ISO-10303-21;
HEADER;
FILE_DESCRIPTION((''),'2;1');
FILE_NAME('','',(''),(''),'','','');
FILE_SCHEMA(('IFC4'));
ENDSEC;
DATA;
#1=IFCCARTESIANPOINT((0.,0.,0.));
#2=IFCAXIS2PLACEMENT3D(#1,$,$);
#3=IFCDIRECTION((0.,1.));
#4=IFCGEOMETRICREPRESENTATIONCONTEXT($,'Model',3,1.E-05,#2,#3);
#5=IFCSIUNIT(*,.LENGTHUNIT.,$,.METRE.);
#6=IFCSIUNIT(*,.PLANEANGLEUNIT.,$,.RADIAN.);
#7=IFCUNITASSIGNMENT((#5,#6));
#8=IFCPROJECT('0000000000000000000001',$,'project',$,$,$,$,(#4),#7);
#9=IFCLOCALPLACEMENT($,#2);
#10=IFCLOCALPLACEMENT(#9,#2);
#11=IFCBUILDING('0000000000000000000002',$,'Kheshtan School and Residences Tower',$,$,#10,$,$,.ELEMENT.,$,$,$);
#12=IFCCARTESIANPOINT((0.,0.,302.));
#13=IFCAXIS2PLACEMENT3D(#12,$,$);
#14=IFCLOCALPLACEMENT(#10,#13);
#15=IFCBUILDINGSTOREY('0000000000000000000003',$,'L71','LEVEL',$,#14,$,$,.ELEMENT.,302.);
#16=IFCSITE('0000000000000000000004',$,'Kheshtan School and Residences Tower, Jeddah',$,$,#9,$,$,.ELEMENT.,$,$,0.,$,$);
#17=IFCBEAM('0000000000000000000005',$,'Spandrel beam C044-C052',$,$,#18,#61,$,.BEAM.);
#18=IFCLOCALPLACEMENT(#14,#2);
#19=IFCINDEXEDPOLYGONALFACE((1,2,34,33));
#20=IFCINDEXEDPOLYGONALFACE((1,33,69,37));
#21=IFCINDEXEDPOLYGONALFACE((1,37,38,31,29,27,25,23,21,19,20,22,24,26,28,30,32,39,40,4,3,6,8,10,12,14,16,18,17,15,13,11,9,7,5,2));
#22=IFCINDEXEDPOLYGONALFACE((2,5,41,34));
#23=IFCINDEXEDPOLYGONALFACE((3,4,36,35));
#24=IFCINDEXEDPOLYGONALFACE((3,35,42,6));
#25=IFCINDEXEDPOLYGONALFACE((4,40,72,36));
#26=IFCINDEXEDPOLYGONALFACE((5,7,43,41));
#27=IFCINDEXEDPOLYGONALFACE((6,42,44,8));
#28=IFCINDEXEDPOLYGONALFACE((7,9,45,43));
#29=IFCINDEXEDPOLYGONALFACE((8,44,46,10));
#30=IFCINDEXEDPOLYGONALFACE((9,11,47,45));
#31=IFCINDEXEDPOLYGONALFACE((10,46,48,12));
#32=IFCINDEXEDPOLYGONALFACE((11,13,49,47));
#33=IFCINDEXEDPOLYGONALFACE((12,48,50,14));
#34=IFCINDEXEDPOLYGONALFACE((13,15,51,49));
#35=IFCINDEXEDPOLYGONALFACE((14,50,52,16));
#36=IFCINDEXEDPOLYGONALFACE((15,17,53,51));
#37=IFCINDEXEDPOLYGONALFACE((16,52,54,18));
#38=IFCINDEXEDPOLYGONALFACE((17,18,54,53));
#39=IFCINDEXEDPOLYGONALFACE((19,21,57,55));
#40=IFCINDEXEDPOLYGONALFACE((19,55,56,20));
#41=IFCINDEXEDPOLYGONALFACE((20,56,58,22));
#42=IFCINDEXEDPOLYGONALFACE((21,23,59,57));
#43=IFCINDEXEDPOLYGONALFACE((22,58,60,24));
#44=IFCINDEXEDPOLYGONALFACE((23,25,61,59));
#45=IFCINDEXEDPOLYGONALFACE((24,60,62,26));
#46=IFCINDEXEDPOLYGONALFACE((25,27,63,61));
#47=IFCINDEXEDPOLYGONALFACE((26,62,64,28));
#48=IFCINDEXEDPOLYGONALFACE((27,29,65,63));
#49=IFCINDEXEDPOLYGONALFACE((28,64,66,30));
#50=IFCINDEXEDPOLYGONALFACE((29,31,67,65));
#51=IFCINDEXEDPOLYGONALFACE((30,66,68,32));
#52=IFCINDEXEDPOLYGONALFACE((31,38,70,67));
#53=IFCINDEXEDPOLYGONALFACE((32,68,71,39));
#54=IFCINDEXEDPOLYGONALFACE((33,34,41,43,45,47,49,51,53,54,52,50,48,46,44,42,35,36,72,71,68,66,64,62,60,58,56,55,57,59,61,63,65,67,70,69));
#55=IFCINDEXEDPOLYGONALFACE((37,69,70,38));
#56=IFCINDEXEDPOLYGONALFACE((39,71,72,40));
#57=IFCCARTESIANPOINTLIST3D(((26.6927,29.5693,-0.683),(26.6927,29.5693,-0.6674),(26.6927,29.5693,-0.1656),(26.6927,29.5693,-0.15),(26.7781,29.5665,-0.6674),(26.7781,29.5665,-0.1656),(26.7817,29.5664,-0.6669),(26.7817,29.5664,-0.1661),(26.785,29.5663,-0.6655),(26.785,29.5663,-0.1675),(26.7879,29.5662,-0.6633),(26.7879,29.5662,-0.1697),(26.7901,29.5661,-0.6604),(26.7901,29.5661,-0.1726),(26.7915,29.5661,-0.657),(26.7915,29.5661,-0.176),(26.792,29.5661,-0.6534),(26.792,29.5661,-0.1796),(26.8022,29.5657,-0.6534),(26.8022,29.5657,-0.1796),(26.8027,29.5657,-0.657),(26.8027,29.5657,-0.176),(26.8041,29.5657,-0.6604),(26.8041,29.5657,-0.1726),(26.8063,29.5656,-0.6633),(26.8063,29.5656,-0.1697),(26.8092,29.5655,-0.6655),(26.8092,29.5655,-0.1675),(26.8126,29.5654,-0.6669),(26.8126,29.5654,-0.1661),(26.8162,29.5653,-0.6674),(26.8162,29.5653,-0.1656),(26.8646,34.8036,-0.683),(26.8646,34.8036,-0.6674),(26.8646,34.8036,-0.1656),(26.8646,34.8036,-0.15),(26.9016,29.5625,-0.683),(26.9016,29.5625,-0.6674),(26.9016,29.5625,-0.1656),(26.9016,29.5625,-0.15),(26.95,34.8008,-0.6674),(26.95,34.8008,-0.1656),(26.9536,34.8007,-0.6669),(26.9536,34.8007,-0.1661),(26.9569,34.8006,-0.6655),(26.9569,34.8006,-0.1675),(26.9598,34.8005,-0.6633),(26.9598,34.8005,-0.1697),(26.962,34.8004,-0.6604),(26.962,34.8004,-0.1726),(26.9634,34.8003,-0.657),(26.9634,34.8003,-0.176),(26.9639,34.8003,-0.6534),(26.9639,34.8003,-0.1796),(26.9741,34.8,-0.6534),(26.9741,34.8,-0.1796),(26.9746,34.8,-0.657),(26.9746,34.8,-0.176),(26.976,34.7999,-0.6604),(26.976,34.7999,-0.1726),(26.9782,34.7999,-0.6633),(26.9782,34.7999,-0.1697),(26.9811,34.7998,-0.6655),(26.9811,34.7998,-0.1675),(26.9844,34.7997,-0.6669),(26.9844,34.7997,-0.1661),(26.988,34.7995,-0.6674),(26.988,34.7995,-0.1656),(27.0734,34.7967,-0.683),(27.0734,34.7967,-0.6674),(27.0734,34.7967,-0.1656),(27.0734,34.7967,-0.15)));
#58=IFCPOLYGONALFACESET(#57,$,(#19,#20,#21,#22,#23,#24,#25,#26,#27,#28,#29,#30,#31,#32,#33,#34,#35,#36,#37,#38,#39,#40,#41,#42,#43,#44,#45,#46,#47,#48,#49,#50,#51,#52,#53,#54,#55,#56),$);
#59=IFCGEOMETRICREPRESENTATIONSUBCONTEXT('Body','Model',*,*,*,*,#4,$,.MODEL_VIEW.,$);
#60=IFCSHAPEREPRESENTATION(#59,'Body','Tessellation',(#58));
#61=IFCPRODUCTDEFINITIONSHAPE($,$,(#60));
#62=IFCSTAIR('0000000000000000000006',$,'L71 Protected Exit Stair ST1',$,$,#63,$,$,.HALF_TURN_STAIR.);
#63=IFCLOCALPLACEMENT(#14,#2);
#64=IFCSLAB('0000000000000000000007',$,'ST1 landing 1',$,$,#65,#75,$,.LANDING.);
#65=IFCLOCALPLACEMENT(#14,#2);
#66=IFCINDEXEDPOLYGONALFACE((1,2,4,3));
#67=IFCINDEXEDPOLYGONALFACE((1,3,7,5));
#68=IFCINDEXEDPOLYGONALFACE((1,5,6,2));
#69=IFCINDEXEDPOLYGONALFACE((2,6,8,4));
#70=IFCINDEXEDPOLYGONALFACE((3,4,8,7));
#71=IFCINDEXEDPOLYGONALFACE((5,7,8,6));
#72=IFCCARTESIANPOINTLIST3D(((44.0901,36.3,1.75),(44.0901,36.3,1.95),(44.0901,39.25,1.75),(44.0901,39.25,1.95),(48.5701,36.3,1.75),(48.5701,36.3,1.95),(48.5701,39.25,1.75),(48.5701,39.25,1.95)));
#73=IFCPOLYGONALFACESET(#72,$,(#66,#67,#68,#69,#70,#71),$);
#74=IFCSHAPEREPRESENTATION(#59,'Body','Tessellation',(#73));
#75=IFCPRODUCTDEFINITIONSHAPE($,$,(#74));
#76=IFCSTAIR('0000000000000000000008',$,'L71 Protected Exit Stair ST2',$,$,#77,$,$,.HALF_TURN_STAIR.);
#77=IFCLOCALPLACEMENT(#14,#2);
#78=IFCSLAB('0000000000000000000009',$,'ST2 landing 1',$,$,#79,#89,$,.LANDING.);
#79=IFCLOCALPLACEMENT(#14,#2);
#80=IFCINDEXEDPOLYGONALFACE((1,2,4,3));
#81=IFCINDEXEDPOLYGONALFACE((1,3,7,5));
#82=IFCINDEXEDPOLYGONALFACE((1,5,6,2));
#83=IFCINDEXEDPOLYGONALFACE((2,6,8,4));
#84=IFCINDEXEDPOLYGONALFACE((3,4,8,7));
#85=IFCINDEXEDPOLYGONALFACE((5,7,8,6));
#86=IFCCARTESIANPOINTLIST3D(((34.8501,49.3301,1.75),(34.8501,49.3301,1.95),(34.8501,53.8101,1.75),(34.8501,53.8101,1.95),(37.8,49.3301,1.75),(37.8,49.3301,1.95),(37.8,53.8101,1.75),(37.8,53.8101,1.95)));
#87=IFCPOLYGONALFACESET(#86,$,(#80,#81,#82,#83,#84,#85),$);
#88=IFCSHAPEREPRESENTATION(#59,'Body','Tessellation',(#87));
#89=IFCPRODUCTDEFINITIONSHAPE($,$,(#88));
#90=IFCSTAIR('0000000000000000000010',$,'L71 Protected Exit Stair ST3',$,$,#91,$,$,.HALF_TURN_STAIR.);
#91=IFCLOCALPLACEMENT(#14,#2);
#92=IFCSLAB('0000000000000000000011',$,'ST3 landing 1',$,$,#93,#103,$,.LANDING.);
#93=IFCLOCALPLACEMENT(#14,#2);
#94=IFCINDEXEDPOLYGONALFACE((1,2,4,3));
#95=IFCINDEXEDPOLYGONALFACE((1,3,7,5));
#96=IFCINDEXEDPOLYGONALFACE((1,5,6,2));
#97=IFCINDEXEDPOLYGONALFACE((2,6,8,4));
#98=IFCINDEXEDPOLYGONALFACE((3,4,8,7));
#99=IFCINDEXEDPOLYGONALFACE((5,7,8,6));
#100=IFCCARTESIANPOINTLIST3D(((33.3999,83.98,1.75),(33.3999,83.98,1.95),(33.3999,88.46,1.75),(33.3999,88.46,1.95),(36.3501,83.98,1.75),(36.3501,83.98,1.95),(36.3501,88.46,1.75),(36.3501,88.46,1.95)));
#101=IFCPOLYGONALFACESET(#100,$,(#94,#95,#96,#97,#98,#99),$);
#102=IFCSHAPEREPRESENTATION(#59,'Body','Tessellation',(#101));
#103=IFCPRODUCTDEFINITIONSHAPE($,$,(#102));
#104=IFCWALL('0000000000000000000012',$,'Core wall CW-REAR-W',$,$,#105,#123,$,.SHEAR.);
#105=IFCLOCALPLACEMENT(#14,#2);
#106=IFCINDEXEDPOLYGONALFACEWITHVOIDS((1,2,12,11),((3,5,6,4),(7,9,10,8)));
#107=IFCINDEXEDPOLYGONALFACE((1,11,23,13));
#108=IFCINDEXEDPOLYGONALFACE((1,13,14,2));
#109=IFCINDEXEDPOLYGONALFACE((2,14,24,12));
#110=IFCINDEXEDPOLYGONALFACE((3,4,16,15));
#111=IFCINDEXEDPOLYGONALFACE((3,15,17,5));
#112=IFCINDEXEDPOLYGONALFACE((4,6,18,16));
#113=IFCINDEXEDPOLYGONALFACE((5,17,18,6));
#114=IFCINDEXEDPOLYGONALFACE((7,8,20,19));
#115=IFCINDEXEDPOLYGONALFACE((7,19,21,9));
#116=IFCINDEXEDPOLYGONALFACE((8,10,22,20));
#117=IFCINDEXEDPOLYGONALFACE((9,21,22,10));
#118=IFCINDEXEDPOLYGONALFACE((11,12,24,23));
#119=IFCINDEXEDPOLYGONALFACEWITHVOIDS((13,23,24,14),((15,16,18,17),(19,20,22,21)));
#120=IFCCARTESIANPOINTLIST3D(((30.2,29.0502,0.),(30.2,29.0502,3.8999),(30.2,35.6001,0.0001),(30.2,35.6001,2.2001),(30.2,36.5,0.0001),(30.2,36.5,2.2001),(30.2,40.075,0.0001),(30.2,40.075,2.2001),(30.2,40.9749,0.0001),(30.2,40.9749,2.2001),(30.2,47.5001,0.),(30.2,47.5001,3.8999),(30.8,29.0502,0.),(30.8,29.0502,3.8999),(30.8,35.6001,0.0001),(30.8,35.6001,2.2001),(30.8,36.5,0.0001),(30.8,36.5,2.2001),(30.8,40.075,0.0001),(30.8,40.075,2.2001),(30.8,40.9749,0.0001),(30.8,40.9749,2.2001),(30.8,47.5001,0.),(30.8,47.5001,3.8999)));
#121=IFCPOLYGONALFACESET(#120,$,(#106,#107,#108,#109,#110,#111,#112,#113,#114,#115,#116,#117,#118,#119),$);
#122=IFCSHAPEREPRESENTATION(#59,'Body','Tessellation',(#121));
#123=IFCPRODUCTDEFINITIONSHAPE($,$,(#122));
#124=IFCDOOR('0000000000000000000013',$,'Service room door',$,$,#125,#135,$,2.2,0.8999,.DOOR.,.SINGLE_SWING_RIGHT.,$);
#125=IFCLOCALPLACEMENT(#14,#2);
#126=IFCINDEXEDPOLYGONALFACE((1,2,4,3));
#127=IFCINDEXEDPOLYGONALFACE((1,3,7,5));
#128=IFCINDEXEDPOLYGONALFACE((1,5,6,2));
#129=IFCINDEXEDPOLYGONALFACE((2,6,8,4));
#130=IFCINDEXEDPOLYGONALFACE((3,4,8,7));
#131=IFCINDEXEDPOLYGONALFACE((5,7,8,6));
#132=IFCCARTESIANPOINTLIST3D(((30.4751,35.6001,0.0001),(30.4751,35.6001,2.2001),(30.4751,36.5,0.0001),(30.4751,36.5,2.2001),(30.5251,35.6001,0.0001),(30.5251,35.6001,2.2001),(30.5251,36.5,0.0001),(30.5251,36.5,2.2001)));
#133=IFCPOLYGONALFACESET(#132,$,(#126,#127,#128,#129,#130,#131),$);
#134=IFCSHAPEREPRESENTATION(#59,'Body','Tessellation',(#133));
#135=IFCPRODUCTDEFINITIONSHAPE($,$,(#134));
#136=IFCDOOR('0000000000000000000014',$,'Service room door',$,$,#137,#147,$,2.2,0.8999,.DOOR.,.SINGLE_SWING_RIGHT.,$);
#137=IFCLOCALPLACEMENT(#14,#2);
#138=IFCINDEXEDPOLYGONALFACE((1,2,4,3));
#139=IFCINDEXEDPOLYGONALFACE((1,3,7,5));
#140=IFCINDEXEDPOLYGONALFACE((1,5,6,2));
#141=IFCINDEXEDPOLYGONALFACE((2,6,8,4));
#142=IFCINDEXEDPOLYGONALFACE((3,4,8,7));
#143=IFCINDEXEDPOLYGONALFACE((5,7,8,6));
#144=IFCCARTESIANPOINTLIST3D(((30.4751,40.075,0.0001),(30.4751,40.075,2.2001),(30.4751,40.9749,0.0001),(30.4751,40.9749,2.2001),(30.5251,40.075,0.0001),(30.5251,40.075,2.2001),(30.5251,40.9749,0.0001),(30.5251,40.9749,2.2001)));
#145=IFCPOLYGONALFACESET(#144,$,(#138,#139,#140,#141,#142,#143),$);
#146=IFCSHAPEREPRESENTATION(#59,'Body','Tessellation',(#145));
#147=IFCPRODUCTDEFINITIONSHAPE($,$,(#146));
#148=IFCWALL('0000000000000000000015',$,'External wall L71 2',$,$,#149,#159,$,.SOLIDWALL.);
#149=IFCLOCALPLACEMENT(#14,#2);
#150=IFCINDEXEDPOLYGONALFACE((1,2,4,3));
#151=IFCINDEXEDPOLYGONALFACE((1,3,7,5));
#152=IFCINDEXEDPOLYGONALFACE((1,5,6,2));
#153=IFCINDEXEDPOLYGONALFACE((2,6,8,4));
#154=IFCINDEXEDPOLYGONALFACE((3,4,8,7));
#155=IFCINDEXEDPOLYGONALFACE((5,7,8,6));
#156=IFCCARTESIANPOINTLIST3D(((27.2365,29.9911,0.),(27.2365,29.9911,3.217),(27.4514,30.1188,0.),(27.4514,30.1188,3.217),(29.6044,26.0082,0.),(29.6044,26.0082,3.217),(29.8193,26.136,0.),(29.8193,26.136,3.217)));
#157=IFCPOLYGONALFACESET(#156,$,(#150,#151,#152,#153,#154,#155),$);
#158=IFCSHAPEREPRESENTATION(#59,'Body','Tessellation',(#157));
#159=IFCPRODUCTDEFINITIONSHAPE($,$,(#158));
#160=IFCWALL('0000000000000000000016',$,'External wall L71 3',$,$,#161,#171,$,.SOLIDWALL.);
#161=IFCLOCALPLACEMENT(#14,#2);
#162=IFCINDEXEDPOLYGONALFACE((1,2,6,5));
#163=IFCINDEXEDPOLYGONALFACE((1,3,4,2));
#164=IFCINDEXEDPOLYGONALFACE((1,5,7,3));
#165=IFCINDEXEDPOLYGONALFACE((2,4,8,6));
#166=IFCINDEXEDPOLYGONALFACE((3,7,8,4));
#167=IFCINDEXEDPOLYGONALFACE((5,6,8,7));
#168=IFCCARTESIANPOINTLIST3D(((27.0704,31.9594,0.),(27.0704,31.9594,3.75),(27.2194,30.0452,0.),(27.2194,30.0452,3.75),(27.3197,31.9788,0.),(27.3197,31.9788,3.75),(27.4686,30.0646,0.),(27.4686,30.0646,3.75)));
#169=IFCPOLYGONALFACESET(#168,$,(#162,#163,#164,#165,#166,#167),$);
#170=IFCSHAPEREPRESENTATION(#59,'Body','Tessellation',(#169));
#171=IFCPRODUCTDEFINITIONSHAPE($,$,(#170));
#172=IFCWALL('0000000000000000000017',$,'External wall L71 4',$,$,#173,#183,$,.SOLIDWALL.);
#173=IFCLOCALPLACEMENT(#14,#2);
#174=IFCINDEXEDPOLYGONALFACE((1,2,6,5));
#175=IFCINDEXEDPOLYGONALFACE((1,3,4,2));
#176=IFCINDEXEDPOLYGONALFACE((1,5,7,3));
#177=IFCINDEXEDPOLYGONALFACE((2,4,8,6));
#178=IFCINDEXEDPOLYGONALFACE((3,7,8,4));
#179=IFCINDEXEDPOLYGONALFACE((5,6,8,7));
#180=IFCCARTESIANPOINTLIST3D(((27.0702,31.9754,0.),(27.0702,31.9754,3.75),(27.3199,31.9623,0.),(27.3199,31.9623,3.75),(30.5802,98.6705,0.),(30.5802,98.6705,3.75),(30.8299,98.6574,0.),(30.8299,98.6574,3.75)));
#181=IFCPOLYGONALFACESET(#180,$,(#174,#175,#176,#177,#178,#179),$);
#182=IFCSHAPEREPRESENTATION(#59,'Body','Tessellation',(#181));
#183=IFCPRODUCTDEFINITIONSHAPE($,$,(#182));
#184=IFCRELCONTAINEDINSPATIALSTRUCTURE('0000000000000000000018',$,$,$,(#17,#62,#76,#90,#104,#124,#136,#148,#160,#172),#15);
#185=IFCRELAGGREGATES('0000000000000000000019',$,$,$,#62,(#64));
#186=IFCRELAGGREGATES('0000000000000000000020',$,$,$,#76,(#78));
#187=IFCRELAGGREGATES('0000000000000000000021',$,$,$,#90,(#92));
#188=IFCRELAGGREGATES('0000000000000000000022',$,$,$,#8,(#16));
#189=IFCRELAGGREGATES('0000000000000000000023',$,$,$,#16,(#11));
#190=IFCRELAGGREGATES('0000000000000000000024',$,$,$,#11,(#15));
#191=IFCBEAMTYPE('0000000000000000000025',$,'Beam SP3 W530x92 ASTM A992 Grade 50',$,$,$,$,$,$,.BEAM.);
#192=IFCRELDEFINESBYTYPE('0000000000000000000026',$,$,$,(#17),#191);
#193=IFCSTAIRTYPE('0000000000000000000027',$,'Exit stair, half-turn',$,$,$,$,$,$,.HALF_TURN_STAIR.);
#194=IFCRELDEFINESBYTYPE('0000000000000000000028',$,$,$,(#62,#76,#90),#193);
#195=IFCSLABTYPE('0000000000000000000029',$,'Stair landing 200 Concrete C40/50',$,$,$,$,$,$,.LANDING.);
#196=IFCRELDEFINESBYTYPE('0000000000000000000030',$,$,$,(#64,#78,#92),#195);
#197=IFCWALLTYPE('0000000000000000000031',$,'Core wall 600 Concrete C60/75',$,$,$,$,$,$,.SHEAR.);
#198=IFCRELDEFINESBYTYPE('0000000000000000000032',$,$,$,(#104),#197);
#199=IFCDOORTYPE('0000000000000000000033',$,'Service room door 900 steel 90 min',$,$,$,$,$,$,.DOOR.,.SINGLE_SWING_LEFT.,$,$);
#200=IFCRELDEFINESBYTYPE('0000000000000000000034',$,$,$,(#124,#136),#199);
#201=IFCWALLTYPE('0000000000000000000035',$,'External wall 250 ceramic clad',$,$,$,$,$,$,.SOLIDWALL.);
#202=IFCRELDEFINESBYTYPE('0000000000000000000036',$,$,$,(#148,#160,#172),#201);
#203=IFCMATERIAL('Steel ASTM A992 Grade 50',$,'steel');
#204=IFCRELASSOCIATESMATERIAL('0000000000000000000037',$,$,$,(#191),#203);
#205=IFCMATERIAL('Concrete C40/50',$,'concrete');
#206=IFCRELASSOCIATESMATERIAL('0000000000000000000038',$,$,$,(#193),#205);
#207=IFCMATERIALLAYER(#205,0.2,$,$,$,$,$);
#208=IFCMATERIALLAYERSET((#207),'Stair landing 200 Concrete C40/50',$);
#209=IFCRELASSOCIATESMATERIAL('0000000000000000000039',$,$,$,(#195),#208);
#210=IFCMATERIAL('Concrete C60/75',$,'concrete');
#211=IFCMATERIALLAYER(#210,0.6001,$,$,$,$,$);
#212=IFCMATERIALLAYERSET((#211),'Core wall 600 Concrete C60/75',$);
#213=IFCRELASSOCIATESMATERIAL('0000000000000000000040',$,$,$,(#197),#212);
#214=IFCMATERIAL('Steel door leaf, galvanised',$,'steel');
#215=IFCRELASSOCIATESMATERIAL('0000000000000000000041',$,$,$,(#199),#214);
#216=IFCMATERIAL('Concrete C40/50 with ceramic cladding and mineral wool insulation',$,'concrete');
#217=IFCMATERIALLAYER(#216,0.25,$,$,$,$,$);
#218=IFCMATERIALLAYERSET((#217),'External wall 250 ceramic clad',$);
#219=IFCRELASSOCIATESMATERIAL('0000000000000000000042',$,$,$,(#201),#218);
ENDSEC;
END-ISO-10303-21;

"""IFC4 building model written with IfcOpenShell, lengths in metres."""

from ifc_helpers import new_model, si_unit, direction, frame, frame_2d, origin, origin_2d, place, context, subcontext, project, spatial, polyline, rectangle, i_section, outline, extrude, source, transform, mapped, material, layer, layer_set, material_profile, profile_set, type_object, element, fill, aggregate, save


model = new_model("IFC4")

# Units and contexts
model_context = context("Model", 3, precision=1e-05, world=origin(), true_north=direction((0.0, 1.0)))
body_context = subcontext(model_context, "Body", "Model", "MODEL_VIEW")
ifc_project = project(units=[si_unit("LENGTHUNIT", "METRE"), si_unit("PLANEANGLEUNIT", "RADIAN")], contexts=[model_context])

# Site, building, storey
site_placement = place(None, origin())
site = spatial("IfcSite", under=ifc_project, at=site_placement, Name="Kheshtan School and Residences Tower, Jeddah", CompositionType="ELEMENT", RefElevation=0.0)
building_placement = place(site_placement, origin())
building = spatial("IfcBuilding", under=site, at=building_placement, Name="Kheshtan School and Residences Tower", CompositionType="ELEMENT")
storey_placement = place(building_placement, frame((0.0, 0.0, 302.0)))
storey = spatial("IfcBuildingStorey", under=building, at=storey_placement, Name="L71", Description="LEVEL", CompositionType="ELEMENT", Elevation=302.0)

# Shared definitions
ifc_material_1 = material(Name="Steel ASTM A992 Grade 50", Category="steel")

# Beam
ifc_material_profile_1 = material_profile(ifc_material_1, i_section(OverallWidth=0.209, OverallDepth=0.533, WebThickness=0.0103, FlangeThickness=0.0156, FilletRadius=0.0139, at=origin_2d()), Name="W530x92")
ifc_profile_set_1 = profile_set([ifc_material_profile_1], Name="Steel ASTM A992 Grade 50")
beam_type_1 = type_object("IfcBeamType", Name="Beam SP3 W530x92 ASTM A992 Grade 50", PredefinedType="BEAM", material=ifc_profile_set_1)
beam_1_placement = place(storey_placement, frame((26.7971, 29.5659, -0.4165), z_axis=(0.03282, 0.999461, 0.0), x_axis=(-0.999461, 0.03282, 0.0)))
element("IfcBeam", 1, at=beam_1_placement, inside=storey, type_object=beam_type_1, Name="Spandrel beam C044-C052", PredefinedType="BEAM", context=body_context, shape_type="SweptSolid", body=[
    extrude(i_section(OverallWidth=0.209, OverallDepth=0.533, WebThickness=0.0103, FlangeThickness=0.0156, FilletRadius=0.0139, at=origin_2d()), origin(), (0.0, 0.0, 1.0), 5.2371),
])

# Shared definitions
ifc_material_2 = material(Name="Concrete C40/50", Category="concrete")

# Stairs, slabs
stair_type = type_object("IfcStairType", Name="Exit stair, half-turn", PredefinedType="HALF_TURN_STAIR", material=ifc_material_2)
stair_1_placement = place(storey_placement, origin())
stair_1 = element("IfcStair", 2, at=stair_1_placement, inside=storey, type_object=stair_type, Name="L71 Protected Exit Stair ST1", PredefinedType="HALF_TURN_STAIR")
ifc_layer_1 = layer(ifc_material_2, 0.2)
ifc_layer_set_1 = layer_set([ifc_layer_1], Name="Stair landing 200 Concrete C40/50")
slab_type_1 = type_object("IfcSlabType", Name="Stair landing 200 Concrete C40/50", PredefinedType="LANDING", material=ifc_layer_set_1)
slab_1_placement = place(storey_placement, frame((0.0, 0.0, 1.75)))
slab_1 = element("IfcSlab", 3, at=slab_1_placement, type_object=slab_type_1, Name="ST1 landing 1", PredefinedType="LANDING", context=body_context, shape_type="SweptSolid", body=[
    extrude(outline(polyline([(48.5701, 39.25), (44.0901, 39.25), (44.0901, 36.3), (48.5701, 36.3), (48.5701, 39.25)])), origin(), (0.0, 0.0, 1.0), 0.2),
])
aggregate(stair_1, [slab_1])
stair_2_placement = place(storey_placement, origin())
stair_2 = element("IfcStair", 4, at=stair_2_placement, inside=storey, type_object=stair_type, Name="L71 Protected Exit Stair ST2", PredefinedType="HALF_TURN_STAIR")
slab_2_placement = place(storey_placement, frame((0.0, 0.0, 1.75)))
slab_2 = element("IfcSlab", 5, at=slab_2_placement, type_object=slab_type_1, Name="ST2 landing 1", PredefinedType="LANDING", context=body_context, shape_type="SweptSolid", body=[
    extrude(outline(polyline([(37.8, 49.3301), (37.8, 53.8101), (34.8501, 53.8101), (34.8501, 49.3301), (37.8, 49.3301)])), origin(), (0.0, 0.0, 1.0), 0.2),
])
aggregate(stair_2, [slab_2])
stair_3_placement = place(storey_placement, origin())
stair_3 = element("IfcStair", 6, at=stair_3_placement, inside=storey, type_object=stair_type, Name="L71 Protected Exit Stair ST3", PredefinedType="HALF_TURN_STAIR")
slab_3_placement = place(storey_placement, frame((0.0, 0.0, 1.75)))
slab_3 = element("IfcSlab", 7, at=slab_3_placement, type_object=slab_type_1, Name="ST3 landing 1", PredefinedType="LANDING", context=body_context, shape_type="SweptSolid", body=[
    extrude(outline(polyline([(36.3501, 83.98), (36.3501, 88.46), (33.3999, 88.46), (33.3999, 83.98), (36.3501, 83.98)])), origin(), (0.0, 0.0, 1.0), 0.2),
])
aggregate(stair_3, [slab_3])

# Wall, openings, doors
ifc_material_3 = material(Name="Concrete C60/75", Category="concrete")
ifc_layer_2 = layer(ifc_material_3, 0.6001)
ifc_layer_set_2 = layer_set([ifc_layer_2], Name="Core wall 600 Concrete C60/75")
wall_type_1 = type_object("IfcWallType", Name="Core wall 600 Concrete C60/75", PredefinedType="SHEAR", material=ifc_layer_set_2)
wall_1_placement = place(storey_placement, frame((30.5, 29.05, 0.0), z_axis=(0.0, 0.0, 1.0), x_axis=(0.0, 1.0, 0.0)))
wall_1 = element("IfcWall", 8, at=wall_1_placement, inside=storey, type_object=wall_type_1, Name="Core wall CW-REAR-W", PredefinedType="SHEAR", context=body_context, shape_type="SweptSolid", body=[
    extrude(rectangle(XDim=18.45, YDim=0.6001, at=frame_2d((9.2251, 0.0))), origin(), (0.0, 0.0, 1.0), 3.8999),
])
opening_1_placement = place(wall_1_placement, frame((6.55, 0.0, 0.0)))
opening_1 = element("IfcOpeningElement", 9, at=opening_1_placement, cuts=wall_1, PredefinedType="OPENING", context=body_context, shape_type="SweptSolid", body=[
    extrude(rectangle(XDim=0.8999, YDim=2.2, at=frame_2d((0.45, 1.1001))), frame((0.0, 0.3101, 0.0), z_axis=(0.0, -1.0, 0.0), x_axis=(1.0, 0.0, 0.0)), (0.0, 0.0, 1.0), 0.6201),
])
opening_2_placement = place(wall_1_placement, frame((11.0249, 0.0, 0.0)))
opening_2 = element("IfcOpeningElement", 10, at=opening_2_placement, cuts=wall_1, PredefinedType="OPENING", context=body_context, shape_type="SweptSolid", body=[
    extrude(rectangle(XDim=0.8999, YDim=2.2, at=frame_2d((0.45, 1.1001))), frame((0.0, 0.3101, 0.0), z_axis=(0.0, -1.0, 0.0), x_axis=(1.0, 0.0, 0.0)), (0.0, 0.0, 1.0), 0.6201),
])
ifc_material_4 = material(Name="Steel door leaf, galvanised", Category="steel")
door_type = type_object("IfcDoorType", Name="Service room door 900 steel 90 min", OperationType="SINGLE_SWING_LEFT", PredefinedType="DOOR", material=ifc_material_4)
shared_shape = source(origin(), body_context, "Body", "SweptSolid", [
    extrude(rectangle(XDim=0.8999, YDim=2.2, at=frame_2d((0.45, 1.1001))), frame((0.0, 0.0249, 0.0), z_axis=(0.0, -1.0, 0.0), x_axis=(1.0, 0.0, 0.0)), (0.0, 0.0, 1.0), 0.05),
])
door_1_placement = place(opening_1_placement, origin())
door_1 = element("IfcDoor", 11, at=door_1_placement, inside=storey, type_object=door_type, Name="Service room door", OperationType="SINGLE_SWING_RIGHT", OverallHeight=2.2, OverallWidth=0.8999, PredefinedType="DOOR", context=body_context, shape_type="MappedRepresentation", body=[
    mapped(shared_shape, transform((0.0, 0.0, 0.0), x_axis=(1.0, 0.0, 0.0), y_axis=(0.0, 1.0, 0.0), z_axis=(0.0, 0.0, 1.0), scale=1.0)),
])
fill(opening_1, door_1)
door_2_placement = place(opening_2_placement, origin())
door_2 = element("IfcDoor", 12, at=door_2_placement, inside=storey, type_object=door_type, Name="Service room door", OperationType="SINGLE_SWING_RIGHT", OverallHeight=2.2, OverallWidth=0.8999, PredefinedType="DOOR", context=body_context, shape_type="MappedRepresentation", body=[
    mapped(shared_shape, transform((0.0, 0.0, 0.0), x_axis=(1.0, 0.0, 0.0), y_axis=(0.0, 1.0, 0.0), z_axis=(0.0, 0.0, 1.0), scale=1.0)),
])
fill(opening_2, door_2)

# Walls
ifc_material_5 = material(Name="Concrete C40/50 with ceramic cladding and mineral wool insulation", Category="concrete")
ifc_layer_3 = layer(ifc_material_5, 0.25)
ifc_layer_set_3 = layer_set([ifc_layer_3], Name="External wall 250 ceramic clad")
wall_type_2 = type_object("IfcWallType", Name="External wall 250 ceramic clad", PredefinedType="SOLIDWALL", material=ifc_layer_set_3)
wall_2_placement = place(storey_placement, frame((29.7119, 26.072, 0.0), z_axis=(0.0, 0.0, 1.0), x_axis=(-0.511028, 0.859564, 0.0)))
element("IfcWall", 13, at=wall_2_placement, inside=storey, type_object=wall_type_2, Name="External wall L71 2", PredefinedType="SOLIDWALL", context=body_context, shape_type="SweptSolid", body=[
    extrude(rectangle(XDim=4.6335, YDim=0.25, at=frame_2d((2.3169, 0.0))), origin(), (0.0, 0.0, 1.0), 3.217),
])
wall_3_placement = place(storey_placement, frame((27.344, 30.0549, 0.0), z_axis=(0.0, 0.0, 1.0), x_axis=(-0.077572, 0.996987, 0.0)))
element("IfcWall", 14, at=wall_3_placement, inside=storey, type_object=wall_type_2, Name="External wall L71 3", PredefinedType="SOLIDWALL", context=body_context, shape_type="SweptSolid", body=[
    extrude(rectangle(XDim=1.9199, YDim=0.25, at=frame_2d((0.96, 0.0))), origin(), (0.0, 0.0, 1.0), 3.75),
])
wall_4_placement = place(storey_placement, frame((27.1951, 31.969, 0.0), z_axis=(0.0, 0.0, 1.0), x_axis=(0.052555, 0.998618, 0.0)))
element("IfcWall", 15, at=wall_4_placement, inside=storey, type_object=wall_type_2, Name="External wall L71 4", PredefinedType="SOLIDWALL", context=body_context, shape_type="SweptSolid", body=[
    extrude(rectangle(XDim=66.7874, YDim=0.25, at=frame_2d((33.3936, 0.0))), origin(), (0.0, 0.0, 1.0), 3.75),
])

save(model, "model.ifc")
